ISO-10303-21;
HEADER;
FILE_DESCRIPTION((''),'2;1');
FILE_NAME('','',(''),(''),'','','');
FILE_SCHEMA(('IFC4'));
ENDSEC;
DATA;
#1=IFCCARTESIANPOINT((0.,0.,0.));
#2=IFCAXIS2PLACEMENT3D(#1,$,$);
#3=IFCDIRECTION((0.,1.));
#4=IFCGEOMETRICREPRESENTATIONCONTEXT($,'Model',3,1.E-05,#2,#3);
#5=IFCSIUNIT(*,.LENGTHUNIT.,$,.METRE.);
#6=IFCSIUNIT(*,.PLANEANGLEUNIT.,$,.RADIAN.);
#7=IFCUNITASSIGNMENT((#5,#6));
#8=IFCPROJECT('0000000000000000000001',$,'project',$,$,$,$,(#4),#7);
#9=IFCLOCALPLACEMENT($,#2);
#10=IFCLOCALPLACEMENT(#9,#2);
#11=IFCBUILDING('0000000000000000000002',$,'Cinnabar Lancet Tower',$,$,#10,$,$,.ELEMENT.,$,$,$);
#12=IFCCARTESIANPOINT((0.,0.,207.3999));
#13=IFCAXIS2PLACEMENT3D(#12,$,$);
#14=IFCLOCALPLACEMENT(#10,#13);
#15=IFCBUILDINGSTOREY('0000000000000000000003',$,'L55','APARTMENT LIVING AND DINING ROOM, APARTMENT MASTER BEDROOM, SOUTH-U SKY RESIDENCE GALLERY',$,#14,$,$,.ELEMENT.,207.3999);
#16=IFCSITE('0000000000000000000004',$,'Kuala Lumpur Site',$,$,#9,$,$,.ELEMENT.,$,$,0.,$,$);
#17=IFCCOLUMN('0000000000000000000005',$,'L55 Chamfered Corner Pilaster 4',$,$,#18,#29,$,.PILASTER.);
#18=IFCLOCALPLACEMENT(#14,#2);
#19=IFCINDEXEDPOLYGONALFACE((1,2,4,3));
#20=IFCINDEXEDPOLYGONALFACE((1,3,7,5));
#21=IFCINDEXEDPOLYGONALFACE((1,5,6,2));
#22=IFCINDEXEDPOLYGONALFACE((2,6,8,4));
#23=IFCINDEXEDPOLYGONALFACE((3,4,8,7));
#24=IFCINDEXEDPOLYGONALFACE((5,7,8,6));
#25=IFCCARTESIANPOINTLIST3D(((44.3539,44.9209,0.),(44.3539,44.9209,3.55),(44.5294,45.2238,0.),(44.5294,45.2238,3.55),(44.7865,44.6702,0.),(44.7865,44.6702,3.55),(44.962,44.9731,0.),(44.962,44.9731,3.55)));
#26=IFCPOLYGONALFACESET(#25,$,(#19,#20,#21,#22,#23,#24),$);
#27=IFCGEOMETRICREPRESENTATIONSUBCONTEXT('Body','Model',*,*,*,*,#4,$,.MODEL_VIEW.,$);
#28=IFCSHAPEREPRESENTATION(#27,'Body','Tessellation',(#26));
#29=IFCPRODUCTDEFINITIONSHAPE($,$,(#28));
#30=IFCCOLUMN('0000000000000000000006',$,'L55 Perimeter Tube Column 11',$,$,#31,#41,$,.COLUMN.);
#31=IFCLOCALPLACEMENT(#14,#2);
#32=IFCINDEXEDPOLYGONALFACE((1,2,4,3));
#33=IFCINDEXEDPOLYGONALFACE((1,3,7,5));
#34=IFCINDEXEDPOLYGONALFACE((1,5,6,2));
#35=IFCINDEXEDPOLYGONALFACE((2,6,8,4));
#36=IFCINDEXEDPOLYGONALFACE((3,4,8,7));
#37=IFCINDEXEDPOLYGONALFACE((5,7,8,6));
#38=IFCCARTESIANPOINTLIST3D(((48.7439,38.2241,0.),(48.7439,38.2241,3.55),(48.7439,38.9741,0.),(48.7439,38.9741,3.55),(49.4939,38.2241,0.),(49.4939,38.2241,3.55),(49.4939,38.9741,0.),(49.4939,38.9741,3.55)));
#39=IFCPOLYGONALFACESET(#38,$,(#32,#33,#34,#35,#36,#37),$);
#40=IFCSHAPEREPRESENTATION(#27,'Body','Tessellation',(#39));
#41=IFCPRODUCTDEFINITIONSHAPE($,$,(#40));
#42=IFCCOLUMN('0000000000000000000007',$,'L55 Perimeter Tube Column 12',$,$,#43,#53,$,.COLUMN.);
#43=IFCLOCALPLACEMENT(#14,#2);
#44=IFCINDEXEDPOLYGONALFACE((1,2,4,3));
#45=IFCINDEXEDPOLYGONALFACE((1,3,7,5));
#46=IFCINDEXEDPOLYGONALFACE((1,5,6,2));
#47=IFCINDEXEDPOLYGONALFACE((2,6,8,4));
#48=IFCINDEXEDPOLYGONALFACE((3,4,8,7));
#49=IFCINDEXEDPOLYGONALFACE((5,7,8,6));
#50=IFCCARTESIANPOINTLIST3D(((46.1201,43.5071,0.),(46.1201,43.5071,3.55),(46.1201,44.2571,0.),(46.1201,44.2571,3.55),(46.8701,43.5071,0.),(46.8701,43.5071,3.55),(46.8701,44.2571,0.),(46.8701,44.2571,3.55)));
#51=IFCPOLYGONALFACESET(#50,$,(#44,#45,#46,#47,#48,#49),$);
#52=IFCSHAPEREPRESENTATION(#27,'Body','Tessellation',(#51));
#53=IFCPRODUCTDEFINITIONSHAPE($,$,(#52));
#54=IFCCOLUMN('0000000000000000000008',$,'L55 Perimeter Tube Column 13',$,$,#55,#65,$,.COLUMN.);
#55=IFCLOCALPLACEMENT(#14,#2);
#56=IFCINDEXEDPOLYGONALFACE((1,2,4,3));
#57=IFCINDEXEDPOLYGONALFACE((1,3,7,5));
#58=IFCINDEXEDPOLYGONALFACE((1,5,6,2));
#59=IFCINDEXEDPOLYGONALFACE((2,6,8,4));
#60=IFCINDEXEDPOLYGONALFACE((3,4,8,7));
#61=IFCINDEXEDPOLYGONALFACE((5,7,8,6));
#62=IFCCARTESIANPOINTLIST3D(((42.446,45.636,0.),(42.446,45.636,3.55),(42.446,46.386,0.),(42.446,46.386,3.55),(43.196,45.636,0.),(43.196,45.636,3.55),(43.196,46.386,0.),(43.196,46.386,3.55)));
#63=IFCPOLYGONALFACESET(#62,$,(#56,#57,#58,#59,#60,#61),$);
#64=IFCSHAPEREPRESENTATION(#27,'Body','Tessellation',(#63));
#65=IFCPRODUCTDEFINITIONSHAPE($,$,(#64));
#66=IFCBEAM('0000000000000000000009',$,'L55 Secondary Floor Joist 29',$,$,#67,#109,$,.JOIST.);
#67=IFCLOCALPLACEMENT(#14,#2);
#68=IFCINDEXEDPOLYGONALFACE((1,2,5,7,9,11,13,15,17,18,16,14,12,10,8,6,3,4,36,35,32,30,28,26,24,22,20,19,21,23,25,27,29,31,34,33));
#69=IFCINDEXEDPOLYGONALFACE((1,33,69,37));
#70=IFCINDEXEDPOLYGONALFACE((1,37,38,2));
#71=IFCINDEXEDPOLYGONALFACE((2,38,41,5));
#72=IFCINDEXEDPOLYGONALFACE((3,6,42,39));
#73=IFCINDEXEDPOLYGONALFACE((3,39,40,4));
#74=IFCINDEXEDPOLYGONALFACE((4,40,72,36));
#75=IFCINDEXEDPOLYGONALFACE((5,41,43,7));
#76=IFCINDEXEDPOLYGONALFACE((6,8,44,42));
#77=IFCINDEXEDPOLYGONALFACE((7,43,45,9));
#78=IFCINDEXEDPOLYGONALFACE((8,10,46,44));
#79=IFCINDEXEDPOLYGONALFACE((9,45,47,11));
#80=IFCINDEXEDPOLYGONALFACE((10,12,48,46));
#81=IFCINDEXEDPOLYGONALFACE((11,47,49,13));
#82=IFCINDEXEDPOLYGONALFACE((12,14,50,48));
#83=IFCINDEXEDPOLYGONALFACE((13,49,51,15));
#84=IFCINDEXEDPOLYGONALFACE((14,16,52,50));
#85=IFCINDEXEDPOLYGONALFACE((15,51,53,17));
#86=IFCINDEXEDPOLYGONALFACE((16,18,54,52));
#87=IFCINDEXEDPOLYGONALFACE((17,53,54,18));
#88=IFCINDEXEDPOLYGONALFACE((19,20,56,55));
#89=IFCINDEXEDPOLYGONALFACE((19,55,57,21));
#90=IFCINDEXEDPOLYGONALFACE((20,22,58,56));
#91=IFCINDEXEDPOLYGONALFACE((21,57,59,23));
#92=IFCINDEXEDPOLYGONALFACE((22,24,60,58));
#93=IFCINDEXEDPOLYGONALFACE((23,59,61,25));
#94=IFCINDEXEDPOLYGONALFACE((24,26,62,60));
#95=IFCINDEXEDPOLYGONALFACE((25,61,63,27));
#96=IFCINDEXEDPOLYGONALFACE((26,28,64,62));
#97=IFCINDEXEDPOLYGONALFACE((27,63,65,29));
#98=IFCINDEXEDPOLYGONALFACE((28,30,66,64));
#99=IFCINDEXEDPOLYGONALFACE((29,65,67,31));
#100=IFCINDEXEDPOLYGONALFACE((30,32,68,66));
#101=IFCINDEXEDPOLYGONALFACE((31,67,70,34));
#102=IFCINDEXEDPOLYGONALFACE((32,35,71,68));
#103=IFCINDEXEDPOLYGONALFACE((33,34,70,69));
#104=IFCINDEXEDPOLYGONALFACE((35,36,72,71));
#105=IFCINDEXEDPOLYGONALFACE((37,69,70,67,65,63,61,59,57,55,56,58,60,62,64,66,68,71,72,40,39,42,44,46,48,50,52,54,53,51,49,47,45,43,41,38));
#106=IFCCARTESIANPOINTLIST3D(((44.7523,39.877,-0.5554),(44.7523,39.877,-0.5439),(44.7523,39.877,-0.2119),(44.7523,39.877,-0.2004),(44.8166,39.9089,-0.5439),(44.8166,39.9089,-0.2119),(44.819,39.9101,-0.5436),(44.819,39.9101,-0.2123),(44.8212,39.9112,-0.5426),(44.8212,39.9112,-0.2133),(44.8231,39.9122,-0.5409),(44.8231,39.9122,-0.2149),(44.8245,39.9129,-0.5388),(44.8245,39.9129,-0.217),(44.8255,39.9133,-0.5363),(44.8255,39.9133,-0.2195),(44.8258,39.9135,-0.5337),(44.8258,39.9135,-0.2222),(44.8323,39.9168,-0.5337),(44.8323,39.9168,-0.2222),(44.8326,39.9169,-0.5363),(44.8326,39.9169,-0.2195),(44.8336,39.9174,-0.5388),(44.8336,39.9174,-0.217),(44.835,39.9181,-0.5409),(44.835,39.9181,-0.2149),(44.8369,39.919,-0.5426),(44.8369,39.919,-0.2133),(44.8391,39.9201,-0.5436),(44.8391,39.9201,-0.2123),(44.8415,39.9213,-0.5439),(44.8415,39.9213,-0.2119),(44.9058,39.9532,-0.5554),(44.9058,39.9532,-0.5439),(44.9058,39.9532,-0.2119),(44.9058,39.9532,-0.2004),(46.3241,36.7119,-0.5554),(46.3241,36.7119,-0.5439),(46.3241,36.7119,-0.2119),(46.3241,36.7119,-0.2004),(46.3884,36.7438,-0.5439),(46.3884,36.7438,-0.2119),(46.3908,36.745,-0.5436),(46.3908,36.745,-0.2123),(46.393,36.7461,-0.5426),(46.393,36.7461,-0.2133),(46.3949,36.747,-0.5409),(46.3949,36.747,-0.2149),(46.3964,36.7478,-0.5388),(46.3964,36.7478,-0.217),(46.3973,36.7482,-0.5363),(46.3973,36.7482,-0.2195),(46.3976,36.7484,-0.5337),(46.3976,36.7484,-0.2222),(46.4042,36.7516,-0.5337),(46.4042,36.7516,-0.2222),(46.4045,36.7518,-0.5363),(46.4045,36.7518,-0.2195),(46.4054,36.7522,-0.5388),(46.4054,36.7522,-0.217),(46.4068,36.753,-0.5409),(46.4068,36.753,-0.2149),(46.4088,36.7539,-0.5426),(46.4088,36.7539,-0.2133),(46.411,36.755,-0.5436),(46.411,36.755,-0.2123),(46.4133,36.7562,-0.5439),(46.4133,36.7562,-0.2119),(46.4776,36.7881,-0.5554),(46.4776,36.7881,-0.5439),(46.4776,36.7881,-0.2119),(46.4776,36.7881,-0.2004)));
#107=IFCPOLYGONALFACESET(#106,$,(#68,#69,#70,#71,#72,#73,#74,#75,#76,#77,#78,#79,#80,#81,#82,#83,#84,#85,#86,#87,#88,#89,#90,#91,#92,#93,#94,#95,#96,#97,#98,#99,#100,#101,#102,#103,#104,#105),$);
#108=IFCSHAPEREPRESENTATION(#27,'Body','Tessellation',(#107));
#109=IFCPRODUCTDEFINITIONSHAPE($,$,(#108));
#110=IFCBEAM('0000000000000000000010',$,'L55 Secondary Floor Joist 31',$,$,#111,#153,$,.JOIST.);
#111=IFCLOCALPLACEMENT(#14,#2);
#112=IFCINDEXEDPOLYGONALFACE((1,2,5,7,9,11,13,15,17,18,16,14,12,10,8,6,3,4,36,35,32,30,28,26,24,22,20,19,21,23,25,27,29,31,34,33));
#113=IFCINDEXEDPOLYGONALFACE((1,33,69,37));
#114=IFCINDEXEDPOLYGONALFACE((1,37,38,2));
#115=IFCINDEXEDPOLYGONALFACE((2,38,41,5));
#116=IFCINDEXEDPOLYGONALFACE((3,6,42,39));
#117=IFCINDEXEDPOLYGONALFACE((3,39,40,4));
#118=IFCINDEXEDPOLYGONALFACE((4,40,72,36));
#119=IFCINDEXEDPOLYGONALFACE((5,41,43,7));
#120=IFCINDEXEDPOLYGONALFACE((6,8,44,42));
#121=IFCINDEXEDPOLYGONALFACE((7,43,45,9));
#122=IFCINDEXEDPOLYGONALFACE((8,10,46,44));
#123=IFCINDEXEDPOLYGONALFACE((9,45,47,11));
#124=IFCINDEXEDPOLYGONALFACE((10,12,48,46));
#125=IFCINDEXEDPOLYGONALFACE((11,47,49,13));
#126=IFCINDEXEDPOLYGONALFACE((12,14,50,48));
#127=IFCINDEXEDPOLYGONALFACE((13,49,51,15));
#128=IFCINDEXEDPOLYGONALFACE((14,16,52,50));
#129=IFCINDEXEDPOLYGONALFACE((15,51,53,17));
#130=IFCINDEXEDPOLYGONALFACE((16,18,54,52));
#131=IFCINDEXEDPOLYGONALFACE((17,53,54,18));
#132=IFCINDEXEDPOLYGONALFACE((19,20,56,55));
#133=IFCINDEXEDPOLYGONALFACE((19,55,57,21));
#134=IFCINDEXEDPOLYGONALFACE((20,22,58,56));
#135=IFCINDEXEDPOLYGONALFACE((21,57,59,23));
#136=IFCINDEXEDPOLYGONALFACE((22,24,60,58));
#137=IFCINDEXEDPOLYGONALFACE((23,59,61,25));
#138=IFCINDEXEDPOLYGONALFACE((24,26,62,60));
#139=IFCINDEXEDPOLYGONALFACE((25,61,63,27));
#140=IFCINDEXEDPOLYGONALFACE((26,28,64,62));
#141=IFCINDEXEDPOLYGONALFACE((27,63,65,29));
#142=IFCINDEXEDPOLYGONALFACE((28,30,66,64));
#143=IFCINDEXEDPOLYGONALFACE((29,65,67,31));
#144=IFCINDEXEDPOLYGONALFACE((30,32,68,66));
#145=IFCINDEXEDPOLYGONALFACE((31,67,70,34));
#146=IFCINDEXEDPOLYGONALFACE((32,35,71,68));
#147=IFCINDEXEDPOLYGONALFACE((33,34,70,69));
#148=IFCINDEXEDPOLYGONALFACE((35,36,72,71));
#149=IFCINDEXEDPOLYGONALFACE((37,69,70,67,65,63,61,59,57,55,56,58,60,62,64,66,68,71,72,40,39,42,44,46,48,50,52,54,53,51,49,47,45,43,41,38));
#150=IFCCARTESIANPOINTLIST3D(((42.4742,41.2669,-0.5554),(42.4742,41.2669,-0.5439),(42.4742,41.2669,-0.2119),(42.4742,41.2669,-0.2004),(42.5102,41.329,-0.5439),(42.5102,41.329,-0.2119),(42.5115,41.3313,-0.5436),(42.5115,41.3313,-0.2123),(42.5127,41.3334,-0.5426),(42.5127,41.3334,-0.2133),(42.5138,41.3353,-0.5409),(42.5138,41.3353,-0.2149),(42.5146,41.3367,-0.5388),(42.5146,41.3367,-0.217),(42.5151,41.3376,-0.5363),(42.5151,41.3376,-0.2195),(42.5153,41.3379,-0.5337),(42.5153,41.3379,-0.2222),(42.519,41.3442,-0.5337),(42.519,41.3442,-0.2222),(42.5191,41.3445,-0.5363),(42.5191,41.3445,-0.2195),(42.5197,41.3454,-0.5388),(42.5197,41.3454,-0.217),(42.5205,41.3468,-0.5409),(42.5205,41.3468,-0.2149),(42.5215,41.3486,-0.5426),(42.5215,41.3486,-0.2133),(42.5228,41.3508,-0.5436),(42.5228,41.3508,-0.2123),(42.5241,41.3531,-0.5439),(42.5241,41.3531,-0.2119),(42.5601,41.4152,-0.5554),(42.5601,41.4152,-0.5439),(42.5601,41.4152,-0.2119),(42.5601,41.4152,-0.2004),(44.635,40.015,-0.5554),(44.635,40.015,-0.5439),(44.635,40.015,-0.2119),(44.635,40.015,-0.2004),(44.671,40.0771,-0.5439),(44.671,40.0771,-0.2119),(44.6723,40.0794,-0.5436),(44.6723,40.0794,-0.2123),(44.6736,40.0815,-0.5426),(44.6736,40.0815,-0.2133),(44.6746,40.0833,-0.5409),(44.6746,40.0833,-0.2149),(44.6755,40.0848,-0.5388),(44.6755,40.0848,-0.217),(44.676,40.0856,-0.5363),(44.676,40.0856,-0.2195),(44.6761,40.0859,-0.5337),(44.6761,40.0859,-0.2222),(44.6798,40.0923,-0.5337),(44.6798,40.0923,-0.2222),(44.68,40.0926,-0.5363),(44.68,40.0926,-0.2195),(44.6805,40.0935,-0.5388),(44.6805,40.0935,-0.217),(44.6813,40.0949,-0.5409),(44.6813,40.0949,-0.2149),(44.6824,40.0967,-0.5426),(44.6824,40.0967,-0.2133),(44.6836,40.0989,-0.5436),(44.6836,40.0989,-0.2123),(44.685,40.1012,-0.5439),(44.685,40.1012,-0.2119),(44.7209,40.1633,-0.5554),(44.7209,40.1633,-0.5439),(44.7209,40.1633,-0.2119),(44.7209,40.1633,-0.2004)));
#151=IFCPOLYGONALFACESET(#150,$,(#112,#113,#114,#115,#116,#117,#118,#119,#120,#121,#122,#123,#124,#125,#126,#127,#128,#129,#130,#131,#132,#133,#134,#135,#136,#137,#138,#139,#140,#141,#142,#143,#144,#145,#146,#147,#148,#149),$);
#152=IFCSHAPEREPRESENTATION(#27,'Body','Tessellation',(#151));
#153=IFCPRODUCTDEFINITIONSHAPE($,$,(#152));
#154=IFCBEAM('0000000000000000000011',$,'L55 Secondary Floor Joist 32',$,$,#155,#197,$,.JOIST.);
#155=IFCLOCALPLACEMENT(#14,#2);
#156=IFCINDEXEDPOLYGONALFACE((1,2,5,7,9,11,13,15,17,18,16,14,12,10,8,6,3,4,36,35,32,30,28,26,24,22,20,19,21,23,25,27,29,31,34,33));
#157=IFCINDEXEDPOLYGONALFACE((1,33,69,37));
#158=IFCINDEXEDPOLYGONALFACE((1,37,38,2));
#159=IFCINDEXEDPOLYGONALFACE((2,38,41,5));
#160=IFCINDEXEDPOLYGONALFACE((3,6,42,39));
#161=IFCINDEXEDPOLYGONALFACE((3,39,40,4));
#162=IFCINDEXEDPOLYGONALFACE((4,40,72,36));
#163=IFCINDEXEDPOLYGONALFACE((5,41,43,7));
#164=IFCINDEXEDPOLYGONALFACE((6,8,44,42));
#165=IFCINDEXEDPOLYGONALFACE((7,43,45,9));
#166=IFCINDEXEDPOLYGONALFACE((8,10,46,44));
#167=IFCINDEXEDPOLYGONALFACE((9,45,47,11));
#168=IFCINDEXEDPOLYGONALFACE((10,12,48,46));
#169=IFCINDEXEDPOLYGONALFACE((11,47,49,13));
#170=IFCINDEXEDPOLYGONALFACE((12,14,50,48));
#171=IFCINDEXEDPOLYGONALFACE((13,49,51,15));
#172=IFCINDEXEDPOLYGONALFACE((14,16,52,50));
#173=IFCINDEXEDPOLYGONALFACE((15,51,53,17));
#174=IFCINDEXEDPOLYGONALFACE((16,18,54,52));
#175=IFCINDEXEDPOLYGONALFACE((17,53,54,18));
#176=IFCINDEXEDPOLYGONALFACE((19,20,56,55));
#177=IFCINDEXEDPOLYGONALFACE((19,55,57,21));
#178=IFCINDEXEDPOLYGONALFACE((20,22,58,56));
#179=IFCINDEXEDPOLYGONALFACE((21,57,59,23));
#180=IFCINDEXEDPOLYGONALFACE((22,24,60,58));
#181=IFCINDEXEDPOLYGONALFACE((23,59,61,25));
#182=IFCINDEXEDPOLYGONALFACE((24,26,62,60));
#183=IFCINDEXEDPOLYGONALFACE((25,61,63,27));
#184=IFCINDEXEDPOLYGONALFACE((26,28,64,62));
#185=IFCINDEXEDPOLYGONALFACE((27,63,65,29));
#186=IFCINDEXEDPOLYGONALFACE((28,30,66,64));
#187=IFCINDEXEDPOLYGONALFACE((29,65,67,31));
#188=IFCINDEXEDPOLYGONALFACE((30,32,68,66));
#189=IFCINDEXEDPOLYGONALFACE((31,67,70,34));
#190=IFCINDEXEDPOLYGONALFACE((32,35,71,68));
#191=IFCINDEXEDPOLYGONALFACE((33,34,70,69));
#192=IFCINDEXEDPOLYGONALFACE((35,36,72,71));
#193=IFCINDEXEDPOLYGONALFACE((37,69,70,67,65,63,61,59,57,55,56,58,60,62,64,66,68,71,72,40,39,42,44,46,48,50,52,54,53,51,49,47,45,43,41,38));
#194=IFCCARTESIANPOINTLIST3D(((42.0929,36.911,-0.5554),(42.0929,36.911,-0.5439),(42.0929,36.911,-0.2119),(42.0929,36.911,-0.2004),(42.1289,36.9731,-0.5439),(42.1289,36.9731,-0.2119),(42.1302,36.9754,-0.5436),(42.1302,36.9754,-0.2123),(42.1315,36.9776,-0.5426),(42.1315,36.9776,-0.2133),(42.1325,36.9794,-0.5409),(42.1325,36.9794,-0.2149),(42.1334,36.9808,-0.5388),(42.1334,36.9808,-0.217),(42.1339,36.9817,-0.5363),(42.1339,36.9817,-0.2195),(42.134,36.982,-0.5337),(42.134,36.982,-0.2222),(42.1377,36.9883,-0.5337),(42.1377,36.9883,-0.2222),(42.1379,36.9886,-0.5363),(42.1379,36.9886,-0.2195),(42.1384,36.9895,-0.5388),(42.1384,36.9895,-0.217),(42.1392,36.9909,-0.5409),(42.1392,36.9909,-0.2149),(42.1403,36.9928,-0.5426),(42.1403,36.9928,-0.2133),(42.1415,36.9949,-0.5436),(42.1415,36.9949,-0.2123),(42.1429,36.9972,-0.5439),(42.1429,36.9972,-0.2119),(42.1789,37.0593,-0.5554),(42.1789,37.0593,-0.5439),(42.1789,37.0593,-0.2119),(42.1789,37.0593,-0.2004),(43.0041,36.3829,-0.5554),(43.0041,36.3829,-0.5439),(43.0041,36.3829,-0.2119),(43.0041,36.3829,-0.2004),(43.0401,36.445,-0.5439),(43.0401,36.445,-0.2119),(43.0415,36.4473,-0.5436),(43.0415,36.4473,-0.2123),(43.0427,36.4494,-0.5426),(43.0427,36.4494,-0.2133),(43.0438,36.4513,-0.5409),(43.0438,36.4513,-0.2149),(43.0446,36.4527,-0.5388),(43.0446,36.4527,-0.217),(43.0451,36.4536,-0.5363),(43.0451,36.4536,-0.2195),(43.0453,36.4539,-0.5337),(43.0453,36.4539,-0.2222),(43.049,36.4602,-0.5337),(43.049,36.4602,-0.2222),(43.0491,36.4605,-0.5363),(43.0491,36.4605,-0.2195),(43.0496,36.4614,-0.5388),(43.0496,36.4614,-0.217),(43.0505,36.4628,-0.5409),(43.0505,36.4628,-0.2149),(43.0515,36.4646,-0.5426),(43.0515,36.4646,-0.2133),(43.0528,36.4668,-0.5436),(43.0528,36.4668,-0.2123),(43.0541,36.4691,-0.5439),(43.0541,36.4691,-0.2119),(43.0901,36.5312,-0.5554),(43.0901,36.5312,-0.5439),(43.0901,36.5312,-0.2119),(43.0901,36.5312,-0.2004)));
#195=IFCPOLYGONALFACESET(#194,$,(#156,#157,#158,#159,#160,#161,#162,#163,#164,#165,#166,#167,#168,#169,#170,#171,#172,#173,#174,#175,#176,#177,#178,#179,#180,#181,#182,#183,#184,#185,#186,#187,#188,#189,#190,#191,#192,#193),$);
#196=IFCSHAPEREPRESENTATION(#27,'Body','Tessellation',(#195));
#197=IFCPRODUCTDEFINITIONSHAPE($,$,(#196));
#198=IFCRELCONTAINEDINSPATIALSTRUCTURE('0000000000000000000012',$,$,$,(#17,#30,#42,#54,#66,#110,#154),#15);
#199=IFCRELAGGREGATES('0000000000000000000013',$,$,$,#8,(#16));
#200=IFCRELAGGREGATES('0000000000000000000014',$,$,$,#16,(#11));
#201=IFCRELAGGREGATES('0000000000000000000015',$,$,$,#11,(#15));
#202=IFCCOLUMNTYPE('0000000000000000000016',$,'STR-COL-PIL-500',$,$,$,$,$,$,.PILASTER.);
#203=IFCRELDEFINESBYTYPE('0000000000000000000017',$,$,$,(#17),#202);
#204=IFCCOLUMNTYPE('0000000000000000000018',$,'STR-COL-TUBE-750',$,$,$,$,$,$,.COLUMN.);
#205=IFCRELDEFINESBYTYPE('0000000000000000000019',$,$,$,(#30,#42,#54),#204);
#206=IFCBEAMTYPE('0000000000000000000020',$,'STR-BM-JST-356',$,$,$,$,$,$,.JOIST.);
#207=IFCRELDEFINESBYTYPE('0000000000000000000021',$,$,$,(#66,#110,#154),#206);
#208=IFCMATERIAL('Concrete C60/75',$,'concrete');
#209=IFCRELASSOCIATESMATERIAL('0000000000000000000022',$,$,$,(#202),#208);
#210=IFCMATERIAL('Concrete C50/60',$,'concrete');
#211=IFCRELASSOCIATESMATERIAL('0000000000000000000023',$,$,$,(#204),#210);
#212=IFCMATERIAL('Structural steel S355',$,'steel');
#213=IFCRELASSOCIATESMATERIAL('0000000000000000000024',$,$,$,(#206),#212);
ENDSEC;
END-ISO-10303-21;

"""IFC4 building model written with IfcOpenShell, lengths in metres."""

from ifc_helpers import new_model, si_unit, direction, frame, origin, origin_2d, place, context, subcontext, project, spatial, rectangle, i_section, extrude, material, material_profile, profile_set, type_object, element, save


model = new_model("IFC4")

# Units and contexts
model_context = context("Model", 3, precision=1e-05, world=origin(), true_north=direction((0.0, 1.0)))
body_context = subcontext(model_context, "Body", "Model", "MODEL_VIEW")
ifc_project = project(units=[si_unit("LENGTHUNIT", "METRE"), si_unit("PLANEANGLEUNIT", "RADIAN")], contexts=[model_context])

# Site, building, storey
site_placement = place(None, origin())
site = spatial("IfcSite", under=ifc_project, at=site_placement, Name="Kuala Lumpur Site", CompositionType="ELEMENT", RefElevation=0.0)
building_placement = place(site_placement, origin())
building = spatial("IfcBuilding", under=site, at=building_placement, Name="Cinnabar Lancet Tower", CompositionType="ELEMENT")
storey_placement = place(building_placement, frame((0.0, 0.0, 207.3999)))
storey = spatial("IfcBuildingStorey", under=building, at=storey_placement, Name="L55", Description="APARTMENT LIVING AND DINING ROOM, APARTMENT MASTER BEDROOM, SOUTH-U SKY RESIDENCE GALLERY", CompositionType="ELEMENT", Elevation=207.3999)

# Columns
ifc_material_1 = material(Name="Concrete C60/75", Category="concrete")
ifc_material_profile_1 = material_profile(ifc_material_1, rectangle(XDim=0.5, YDim=0.3501, at=origin_2d()), Name="RC-PIL 500x350")
ifc_profile_set_1 = profile_set([ifc_material_profile_1], Name="Concrete C60/75")
column_type_1 = type_object("IfcColumnType", Name="STR-COL-PIL-500", PredefinedType="PILASTER", material=ifc_profile_set_1)
column_placement = place(storey_placement, frame((44.658, 44.947, 0.0), z_axis=(0.0, 0.0, 1.0), x_axis=(-0.86523, 0.501375, 0.0)))
element("IfcColumn", 1, at=column_placement, inside=storey, type_object=column_type_1, Name="L55 Chamfered Corner Pilaster 4", PredefinedType="PILASTER", context=body_context, shape_type="SweptSolid", body=[
    extrude(rectangle(XDim=0.5, YDim=0.3501, at=origin_2d()), origin(), (0.0, 0.0, 1.0), 3.55),
])
ifc_material_2 = material(Name="Concrete C50/60", Category="concrete")
ifc_material_profile_2 = material_profile(ifc_material_2, rectangle(XDim=0.75, YDim=0.75, at=origin_2d()), Name="RC-COL 750x750")
ifc_profile_set_2 = profile_set([ifc_material_profile_2], Name="Concrete C50/60")
column_type_2 = type_object("IfcColumnType", Name="STR-COL-TUBE-750", PredefinedType="COLUMN", material=ifc_profile_set_2)
for number, where, z_axis, x_axis, name in (
    (2, (49.1189, 38.5991, 0.0), (0.0, 0.0, 1.0), (1.0, 0.0, 0.0), "L55 Perimeter Tube Column 11"),
    (3, (46.4951, 43.8821, 0.0), (0.0, 0.0, 1.0), (1.0, 0.0, 0.0), "L55 Perimeter Tube Column 12"),
    (4, (42.821, 46.011, 0.0), (0.0, 0.0, 1.0), (1.0, 0.0, 0.0), "L55 Perimeter Tube Column 13"),
):
    element("IfcColumn", number, at=place(storey_placement, frame(where, z_axis=z_axis, x_axis=x_axis)), inside=storey, type_object=column_type_2, Name=name, PredefinedType="COLUMN", context=body_context, shape_type="SweptSolid", body=[
        extrude(rectangle(XDim=0.75, YDim=0.75, at=origin_2d()), origin(), (0.0, 0.0, 1.0), 3.55),
    ])

# Beams
ifc_material_3 = material(Name="Structural steel S355", Category="steel")
ifc_material_profile_3 = material_profile(ifc_material_3, i_section(OverallWidth=0.1714, OverallDepth=0.355, WebThickness=0.0073, FlangeThickness=0.0115, FilletRadius=0.0103, at=origin_2d()), Name="UKB 356x171x51")
ifc_profile_set_3 = profile_set([ifc_material_profile_3], Name="Structural steel S355")
beam_type_1 = type_object("IfcBeamType", Name="STR-BM-JST-356", PredefinedType="JOIST", material=ifc_profile_set_3)
beam_1_placement = place(storey_placement, frame((46.4009, 36.75, -0.3779), z_axis=(-0.44478, 0.89564, 0.0), x_axis=(-0.89564, -0.44478, 0.0)))
element("IfcBeam", 5, at=beam_1_placement, inside=storey, type_object=beam_type_1, Name="L55 Secondary Floor Joist 29", PredefinedType="JOIST", context=body_context, shape_type="SweptSolid", body=[
    extrude(i_section(OverallWidth=0.1714, OverallDepth=0.355, WebThickness=0.0073, FlangeThickness=0.0115, FilletRadius=0.0103, at=origin_2d()), origin(), (0.0, 0.0, 1.0), 3.5339),
])
beam_2_placement = place(storey_placement, frame((44.678, 40.0891, -0.3779), z_axis=(-0.865268, 0.50131, 0.0), x_axis=(-0.50131, -0.865268, 0.0)))
element("IfcBeam", 6, at=beam_2_placement, inside=storey, type_object=beam_type_1, Name="L55 Secondary Floor Joist 31", PredefinedType="JOIST", context=body_context, shape_type="SweptSolid", body=[
    extrude(i_section(OverallWidth=0.1714, OverallDepth=0.355, WebThickness=0.0073, FlangeThickness=0.0115, FilletRadius=0.0103, at=origin_2d()), origin(), (0.0, 0.0, 1.0), 2.4973),
])
beam_3_placement = place(storey_placement, frame((43.0471, 36.457, -0.3779), z_axis=(-0.865188, 0.501447, 0.0), x_axis=(-0.501447, -0.865188, 0.0)))
element("IfcBeam", 7, at=beam_3_placement, inside=storey, type_object=beam_type_1, Name="L55 Secondary Floor Joist 32", PredefinedType="JOIST", context=body_context, shape_type="SweptSolid", body=[
    extrude(i_section(OverallWidth=0.1714, OverallDepth=0.355, WebThickness=0.0073, FlangeThickness=0.0115, FilletRadius=0.0103, at=origin_2d()), origin(), (0.0, 0.0, 1.0), 1.0532),
])

save(model, "model.ifc")
